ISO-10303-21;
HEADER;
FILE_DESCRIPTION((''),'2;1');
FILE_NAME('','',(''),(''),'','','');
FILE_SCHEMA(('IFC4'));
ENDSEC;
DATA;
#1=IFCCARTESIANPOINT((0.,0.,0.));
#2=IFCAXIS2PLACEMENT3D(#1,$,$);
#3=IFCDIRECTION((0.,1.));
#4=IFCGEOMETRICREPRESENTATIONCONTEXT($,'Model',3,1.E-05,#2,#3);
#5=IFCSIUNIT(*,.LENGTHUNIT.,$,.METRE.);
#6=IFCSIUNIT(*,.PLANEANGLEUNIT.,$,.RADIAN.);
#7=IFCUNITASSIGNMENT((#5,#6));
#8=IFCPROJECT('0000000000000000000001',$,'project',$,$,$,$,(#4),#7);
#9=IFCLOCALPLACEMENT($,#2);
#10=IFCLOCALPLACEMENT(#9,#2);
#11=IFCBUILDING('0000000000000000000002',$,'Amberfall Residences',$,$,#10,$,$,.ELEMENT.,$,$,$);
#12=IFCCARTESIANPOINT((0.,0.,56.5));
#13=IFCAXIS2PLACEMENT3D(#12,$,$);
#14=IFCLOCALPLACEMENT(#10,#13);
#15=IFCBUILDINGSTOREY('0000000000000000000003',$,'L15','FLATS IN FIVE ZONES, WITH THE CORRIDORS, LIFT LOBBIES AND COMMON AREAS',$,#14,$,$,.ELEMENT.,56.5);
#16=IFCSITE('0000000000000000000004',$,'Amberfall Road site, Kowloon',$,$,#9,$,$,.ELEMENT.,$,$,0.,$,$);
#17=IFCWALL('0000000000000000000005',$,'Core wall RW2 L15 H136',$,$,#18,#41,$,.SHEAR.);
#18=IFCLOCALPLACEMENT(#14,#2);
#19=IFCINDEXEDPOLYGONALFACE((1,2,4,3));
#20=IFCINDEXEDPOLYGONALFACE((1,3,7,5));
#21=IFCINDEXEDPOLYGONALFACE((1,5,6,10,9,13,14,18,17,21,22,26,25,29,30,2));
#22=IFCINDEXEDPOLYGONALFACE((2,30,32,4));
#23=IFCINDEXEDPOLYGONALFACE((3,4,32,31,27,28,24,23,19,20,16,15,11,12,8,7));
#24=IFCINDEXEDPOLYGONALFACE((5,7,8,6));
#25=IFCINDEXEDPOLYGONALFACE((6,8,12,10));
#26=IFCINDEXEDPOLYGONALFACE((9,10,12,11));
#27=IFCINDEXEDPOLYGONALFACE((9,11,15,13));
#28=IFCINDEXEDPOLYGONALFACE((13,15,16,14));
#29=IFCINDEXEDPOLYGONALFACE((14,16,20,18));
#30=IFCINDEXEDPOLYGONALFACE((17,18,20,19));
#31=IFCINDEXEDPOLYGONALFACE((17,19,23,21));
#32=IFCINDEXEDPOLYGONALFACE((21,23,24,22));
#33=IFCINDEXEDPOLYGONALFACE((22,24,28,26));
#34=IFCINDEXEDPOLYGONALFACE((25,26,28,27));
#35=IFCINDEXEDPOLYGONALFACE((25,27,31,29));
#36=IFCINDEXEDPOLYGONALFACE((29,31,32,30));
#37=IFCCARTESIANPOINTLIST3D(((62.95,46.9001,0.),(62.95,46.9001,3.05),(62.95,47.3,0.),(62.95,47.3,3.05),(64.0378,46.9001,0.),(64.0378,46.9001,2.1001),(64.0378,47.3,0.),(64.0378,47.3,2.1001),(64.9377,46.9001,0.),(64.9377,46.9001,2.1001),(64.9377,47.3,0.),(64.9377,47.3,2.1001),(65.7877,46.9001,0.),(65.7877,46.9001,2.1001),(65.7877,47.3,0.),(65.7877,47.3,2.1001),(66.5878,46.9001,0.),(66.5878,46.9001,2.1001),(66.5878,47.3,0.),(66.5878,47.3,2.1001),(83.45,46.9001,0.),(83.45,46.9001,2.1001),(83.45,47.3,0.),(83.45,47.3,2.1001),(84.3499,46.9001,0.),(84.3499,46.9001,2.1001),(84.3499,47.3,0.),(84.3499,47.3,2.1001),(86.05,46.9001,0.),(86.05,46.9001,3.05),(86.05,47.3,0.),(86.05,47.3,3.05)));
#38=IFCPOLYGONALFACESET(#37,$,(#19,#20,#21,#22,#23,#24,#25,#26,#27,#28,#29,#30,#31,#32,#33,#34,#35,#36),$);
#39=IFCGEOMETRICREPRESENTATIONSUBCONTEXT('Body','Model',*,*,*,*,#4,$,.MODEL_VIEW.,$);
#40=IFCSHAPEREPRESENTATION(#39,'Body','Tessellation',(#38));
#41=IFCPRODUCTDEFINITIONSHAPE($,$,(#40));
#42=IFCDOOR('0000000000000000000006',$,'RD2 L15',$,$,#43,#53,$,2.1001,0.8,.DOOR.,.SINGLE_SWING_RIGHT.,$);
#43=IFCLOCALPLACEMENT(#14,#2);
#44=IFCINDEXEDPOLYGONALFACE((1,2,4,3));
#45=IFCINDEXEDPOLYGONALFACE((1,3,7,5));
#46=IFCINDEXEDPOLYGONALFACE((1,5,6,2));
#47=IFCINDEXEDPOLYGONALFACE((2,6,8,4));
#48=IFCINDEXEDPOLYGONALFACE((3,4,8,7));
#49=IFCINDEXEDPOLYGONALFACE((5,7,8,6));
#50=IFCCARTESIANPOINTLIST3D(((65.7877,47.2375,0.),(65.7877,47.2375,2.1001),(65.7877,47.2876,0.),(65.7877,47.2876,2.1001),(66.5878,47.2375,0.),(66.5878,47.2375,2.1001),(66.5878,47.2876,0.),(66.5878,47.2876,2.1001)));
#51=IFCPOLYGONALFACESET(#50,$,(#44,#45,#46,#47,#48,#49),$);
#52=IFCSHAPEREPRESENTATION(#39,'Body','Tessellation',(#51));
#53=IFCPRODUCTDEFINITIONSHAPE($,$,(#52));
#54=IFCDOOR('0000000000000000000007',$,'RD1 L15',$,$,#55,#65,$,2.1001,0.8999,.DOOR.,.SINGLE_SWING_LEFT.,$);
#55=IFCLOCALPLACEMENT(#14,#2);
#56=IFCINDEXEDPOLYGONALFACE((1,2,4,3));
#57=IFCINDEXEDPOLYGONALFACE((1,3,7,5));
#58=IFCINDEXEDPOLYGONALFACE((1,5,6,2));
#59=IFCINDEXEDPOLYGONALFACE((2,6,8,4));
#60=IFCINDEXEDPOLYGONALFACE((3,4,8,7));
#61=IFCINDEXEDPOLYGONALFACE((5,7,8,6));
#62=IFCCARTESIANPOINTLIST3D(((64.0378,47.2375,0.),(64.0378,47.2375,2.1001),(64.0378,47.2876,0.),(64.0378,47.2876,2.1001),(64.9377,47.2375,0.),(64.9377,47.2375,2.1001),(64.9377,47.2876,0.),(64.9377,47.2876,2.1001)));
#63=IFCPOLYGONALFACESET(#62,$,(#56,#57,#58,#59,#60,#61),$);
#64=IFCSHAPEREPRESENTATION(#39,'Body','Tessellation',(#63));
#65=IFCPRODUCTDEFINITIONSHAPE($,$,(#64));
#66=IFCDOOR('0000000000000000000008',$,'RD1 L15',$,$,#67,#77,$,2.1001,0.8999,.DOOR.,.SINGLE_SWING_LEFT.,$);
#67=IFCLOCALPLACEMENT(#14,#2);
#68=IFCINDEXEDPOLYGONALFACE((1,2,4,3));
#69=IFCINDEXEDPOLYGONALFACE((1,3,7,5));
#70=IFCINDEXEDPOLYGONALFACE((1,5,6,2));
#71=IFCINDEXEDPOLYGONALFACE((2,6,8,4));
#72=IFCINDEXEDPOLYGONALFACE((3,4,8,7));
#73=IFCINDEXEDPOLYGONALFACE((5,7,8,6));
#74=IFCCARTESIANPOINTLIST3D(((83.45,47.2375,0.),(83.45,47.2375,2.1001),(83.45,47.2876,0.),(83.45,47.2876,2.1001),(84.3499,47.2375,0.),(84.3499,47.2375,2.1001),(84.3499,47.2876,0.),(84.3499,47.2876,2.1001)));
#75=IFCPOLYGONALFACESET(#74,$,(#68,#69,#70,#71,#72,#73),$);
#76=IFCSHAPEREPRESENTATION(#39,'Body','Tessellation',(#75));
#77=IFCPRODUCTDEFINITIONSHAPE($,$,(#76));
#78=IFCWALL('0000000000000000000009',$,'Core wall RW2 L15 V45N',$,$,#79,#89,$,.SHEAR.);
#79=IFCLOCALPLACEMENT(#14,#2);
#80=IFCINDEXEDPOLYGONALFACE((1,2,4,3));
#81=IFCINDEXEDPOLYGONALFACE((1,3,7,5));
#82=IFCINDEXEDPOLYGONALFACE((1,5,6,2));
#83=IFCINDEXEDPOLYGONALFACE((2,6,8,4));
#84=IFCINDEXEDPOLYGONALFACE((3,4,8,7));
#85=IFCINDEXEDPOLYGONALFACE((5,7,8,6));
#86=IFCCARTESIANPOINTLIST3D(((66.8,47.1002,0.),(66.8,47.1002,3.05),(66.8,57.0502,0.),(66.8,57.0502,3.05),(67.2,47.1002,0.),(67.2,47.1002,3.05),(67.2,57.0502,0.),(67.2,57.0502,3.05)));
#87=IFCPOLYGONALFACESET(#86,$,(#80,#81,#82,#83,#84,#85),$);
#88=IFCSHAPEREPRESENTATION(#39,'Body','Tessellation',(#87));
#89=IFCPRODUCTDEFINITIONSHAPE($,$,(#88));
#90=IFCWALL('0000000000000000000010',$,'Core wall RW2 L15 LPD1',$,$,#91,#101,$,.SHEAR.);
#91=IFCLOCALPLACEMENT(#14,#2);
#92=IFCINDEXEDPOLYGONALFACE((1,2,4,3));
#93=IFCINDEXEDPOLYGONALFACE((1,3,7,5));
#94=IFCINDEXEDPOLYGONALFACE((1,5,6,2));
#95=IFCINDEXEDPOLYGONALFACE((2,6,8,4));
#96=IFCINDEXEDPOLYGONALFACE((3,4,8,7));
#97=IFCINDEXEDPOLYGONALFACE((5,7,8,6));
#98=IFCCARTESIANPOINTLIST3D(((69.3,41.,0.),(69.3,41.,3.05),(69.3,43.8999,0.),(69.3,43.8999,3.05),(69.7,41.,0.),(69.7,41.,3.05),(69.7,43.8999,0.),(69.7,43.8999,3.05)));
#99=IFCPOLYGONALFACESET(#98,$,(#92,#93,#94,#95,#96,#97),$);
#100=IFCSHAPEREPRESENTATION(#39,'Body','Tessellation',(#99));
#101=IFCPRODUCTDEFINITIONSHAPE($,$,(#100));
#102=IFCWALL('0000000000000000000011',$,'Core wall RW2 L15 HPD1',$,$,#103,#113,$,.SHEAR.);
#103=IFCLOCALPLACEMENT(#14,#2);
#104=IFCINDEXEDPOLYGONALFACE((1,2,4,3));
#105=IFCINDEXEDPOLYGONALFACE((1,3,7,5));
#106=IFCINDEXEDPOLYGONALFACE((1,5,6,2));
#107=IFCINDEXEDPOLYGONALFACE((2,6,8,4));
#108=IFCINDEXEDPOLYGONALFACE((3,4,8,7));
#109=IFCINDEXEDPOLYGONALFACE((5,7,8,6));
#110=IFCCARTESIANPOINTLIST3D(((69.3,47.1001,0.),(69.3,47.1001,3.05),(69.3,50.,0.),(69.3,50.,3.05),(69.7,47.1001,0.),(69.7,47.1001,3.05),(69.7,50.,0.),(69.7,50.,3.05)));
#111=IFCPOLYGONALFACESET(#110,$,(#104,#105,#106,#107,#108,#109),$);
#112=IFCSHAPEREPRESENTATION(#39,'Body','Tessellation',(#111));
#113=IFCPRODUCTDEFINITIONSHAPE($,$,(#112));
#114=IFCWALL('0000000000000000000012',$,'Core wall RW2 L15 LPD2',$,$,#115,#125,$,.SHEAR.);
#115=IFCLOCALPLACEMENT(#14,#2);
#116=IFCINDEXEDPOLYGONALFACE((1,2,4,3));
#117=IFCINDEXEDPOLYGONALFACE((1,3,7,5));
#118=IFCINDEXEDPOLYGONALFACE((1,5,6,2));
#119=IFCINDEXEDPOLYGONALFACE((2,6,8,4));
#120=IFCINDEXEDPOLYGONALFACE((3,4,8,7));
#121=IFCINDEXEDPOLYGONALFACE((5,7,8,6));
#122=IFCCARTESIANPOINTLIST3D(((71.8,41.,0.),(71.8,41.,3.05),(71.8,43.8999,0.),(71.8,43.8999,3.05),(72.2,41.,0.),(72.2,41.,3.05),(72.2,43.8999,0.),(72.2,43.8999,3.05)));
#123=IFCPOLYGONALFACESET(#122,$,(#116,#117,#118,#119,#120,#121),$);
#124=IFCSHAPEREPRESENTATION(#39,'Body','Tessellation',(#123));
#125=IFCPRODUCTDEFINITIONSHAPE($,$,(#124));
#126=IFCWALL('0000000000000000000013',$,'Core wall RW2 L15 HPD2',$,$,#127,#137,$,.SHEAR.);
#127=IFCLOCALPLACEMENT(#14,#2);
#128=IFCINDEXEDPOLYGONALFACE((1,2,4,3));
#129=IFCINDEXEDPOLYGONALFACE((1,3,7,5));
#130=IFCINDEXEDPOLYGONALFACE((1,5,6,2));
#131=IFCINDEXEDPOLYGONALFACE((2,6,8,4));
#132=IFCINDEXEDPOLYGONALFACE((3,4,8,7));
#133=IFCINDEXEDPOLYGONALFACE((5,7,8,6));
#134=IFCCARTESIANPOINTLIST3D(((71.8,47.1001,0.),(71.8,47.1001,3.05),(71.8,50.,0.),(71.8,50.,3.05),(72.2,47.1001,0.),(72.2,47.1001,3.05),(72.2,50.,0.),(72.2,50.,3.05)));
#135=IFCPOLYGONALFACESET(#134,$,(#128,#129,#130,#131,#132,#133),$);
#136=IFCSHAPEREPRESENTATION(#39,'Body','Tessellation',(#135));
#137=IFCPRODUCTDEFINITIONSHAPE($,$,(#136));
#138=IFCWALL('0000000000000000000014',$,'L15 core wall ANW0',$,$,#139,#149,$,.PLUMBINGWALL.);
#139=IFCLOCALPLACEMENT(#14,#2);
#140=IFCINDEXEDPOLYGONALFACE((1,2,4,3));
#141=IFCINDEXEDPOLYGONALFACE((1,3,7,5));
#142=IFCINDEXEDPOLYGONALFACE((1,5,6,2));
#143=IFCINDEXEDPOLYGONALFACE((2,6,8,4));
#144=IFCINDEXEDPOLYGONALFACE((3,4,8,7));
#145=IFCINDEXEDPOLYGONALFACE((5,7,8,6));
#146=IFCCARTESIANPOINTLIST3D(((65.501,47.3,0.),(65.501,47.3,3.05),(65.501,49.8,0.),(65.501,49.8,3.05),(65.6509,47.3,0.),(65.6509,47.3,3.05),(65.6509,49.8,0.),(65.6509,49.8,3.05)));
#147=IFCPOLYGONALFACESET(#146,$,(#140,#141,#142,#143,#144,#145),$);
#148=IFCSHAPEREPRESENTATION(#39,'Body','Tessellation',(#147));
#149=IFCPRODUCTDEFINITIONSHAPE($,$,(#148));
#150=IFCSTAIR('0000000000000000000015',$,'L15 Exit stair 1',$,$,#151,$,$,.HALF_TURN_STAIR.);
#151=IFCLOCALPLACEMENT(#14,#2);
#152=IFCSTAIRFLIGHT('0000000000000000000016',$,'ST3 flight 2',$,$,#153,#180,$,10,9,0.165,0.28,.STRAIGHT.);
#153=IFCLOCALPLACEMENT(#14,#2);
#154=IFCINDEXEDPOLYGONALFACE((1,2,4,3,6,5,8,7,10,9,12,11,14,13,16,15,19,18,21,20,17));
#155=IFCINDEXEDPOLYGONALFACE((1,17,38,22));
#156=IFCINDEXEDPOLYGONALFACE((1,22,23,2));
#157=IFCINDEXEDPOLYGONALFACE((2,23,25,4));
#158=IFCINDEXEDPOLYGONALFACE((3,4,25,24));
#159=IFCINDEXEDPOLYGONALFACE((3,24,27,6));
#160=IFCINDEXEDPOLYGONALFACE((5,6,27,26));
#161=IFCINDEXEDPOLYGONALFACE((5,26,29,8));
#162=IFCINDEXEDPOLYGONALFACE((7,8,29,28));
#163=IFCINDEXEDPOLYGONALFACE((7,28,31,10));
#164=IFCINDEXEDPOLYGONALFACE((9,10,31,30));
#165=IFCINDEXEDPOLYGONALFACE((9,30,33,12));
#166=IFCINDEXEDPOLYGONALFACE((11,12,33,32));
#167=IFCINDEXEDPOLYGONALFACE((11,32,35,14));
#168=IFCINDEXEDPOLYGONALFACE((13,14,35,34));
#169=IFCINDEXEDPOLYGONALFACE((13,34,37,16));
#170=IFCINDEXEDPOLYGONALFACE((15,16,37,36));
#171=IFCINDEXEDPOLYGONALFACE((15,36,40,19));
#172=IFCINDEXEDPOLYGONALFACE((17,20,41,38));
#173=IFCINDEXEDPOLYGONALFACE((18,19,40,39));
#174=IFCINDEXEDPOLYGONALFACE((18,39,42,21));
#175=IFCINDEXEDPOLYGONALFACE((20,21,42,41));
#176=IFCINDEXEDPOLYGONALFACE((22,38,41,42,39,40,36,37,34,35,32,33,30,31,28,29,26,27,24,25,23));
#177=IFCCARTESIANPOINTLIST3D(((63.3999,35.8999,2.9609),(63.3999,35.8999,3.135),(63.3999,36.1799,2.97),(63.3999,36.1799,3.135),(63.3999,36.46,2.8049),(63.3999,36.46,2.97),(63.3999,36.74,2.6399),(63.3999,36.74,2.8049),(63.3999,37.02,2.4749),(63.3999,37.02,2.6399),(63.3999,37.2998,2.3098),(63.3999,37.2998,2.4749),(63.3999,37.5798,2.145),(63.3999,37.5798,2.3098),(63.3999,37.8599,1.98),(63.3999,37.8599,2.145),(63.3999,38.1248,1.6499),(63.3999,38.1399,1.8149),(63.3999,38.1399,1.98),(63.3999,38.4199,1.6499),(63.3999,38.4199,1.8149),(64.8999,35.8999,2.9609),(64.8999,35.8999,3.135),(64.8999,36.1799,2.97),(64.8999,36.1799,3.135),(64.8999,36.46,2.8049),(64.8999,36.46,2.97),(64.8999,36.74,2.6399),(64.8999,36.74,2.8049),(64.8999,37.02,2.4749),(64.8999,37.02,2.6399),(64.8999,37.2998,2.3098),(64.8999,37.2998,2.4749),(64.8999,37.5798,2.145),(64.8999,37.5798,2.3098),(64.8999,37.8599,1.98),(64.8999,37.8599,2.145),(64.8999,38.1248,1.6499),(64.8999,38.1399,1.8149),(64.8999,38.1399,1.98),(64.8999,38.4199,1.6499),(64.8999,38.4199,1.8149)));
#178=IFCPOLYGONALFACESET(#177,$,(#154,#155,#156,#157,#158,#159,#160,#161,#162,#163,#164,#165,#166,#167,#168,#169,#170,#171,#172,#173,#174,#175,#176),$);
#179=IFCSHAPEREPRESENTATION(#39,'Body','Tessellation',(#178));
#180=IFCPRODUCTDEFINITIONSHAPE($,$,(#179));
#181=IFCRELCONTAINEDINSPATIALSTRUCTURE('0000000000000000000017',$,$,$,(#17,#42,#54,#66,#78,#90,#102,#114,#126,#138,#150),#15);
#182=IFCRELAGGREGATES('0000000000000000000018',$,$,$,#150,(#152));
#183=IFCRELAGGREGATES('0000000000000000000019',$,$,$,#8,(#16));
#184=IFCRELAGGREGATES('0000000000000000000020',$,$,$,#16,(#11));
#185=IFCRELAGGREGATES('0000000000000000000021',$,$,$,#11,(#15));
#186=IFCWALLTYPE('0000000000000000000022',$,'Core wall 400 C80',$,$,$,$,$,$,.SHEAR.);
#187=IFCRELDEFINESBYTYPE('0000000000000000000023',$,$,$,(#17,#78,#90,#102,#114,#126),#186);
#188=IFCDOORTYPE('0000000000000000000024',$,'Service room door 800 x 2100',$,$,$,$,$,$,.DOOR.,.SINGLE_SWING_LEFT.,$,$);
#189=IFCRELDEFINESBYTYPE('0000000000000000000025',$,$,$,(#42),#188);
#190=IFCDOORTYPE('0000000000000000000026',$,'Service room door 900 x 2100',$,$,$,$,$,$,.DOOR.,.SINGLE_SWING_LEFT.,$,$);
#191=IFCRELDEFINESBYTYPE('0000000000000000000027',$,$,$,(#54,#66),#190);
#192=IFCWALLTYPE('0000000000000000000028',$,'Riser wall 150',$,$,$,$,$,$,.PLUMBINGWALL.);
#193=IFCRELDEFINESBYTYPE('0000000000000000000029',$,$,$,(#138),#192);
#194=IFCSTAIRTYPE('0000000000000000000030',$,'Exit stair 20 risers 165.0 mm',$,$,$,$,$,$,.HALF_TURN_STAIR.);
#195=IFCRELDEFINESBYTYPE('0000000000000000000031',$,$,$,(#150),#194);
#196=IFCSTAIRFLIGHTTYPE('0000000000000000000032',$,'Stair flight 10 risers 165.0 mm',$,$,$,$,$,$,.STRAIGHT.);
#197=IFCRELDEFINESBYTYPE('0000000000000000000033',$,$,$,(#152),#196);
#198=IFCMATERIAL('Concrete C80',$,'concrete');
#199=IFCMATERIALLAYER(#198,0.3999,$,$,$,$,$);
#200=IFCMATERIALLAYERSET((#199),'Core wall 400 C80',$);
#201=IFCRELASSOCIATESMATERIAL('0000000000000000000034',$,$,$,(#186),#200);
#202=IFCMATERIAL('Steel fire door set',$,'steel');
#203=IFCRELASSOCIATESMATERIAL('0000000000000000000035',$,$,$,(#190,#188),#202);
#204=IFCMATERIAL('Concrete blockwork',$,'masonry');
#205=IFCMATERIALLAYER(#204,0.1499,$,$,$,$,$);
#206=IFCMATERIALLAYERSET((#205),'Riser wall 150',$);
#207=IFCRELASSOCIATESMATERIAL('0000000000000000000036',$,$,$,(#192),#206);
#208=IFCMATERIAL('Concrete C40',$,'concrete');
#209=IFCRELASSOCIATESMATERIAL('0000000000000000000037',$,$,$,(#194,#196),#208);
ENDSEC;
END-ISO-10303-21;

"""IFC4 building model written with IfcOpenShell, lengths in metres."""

from ifc_helpers import new_model, si_unit, direction, frame, frame_2d, origin, place, context, subcontext, project, spatial, polyline, rectangle, outline, extrude, material, layer, layer_set, type_object, element, fill, aggregate, save


model = new_model("IFC4")

# Units and contexts
model_context = context("Model", 3, precision=1e-05, world=origin(), true_north=direction((0.0, 1.0)))
body_context = subcontext(model_context, "Body", "Model", "MODEL_VIEW")
ifc_project = project(units=[si_unit("LENGTHUNIT", "METRE"), si_unit("PLANEANGLEUNIT", "RADIAN")], contexts=[model_context])

# Site, building, storey
site_placement = place(None, origin())
site = spatial("IfcSite", under=ifc_project, at=site_placement, Name="Amberfall Road site, Kowloon", CompositionType="ELEMENT", RefElevation=0.0)
building_placement = place(site_placement, origin())
building = spatial("IfcBuilding", under=site, at=building_placement, Name="Amberfall Residences", CompositionType="ELEMENT")
storey_placement = place(building_placement, frame((0.0, 0.0, 56.5)))
storey = spatial("IfcBuildingStorey", under=building, at=storey_placement, Name="L15", Description="FLATS IN FIVE ZONES, WITH THE CORRIDORS, LIFT LOBBIES AND COMMON AREAS", CompositionType="ELEMENT", Elevation=56.5)

# Shared definitions
ifc_material_1 = material(Name="Concrete C80", Category="concrete")
ifc_layer_1 = layer(ifc_material_1, 0.3999)
ifc_layer_set_1 = layer_set([ifc_layer_1], Name="Core wall 400 C80")
wall_type_1 = type_object("IfcWallType", Name="Core wall 400 C80", PredefinedType="SHEAR", material=ifc_layer_set_1)

# Wall, openings, doors
ifc_material_2 = material(Name="Steel fire door set", Category="steel")
door_type_1 = type_object("IfcDoorType", Name="Service room door 900 x 2100", OperationType="SINGLE_SWING_LEFT", PredefinedType="DOOR", material=ifc_material_2)
wall_1_placement = place(storey_placement, frame((62.95, 47.1001, 0.0), z_axis=(0.0, 0.0, 1.0), x_axis=(1.0, 0.0, 0.0)))
wall_1 = element("IfcWall", 1, at=wall_1_placement, inside=storey, type_object=wall_type_1, Name="Core wall RW2 L15 H136", PredefinedType="SHEAR", context=body_context, shape_type="SweptSolid", body=[
    extrude(rectangle(XDim=23.1001, YDim=0.3999, at=frame_2d((11.55, 0.0))), origin(), (0.0, 0.0, 1.0), 3.05),
])
opening_1_placement = place(wall_1_placement, frame((1.0879, 0.0, 0.0)))
opening_1 = element("IfcOpeningElement", 2, at=opening_1_placement, cuts=wall_1, PredefinedType="OPENING", context=body_context, shape_type="SweptSolid", body=[
    extrude(rectangle(XDim=0.8999, YDim=2.1001, at=frame_2d((0.45, 1.05))), frame((0.0, 0.21, 0.0), z_axis=(0.0, -1.0, 0.0), x_axis=(1.0, 0.0, 0.0)), (0.0, 0.0, 1.0), 0.4199),
])
opening_2_placement = place(wall_1_placement, frame((2.8379, 0.0, 0.0)))
opening_2 = element("IfcOpeningElement", 3, at=opening_2_placement, cuts=wall_1, PredefinedType="OPENING", context=body_context, shape_type="SweptSolid", body=[
    extrude(rectangle(XDim=0.8, YDim=2.1001, at=frame_2d((0.3999, 1.05))), frame((0.0, 0.21, 0.0), z_axis=(0.0, -1.0, 0.0), x_axis=(1.0, 0.0, 0.0)), (0.0, 0.0, 1.0), 0.4199),
])
opening_3_placement = place(wall_1_placement, frame((20.5, 0.0, 0.0)))
opening_3 = element("IfcOpeningElement", 4, at=opening_3_placement, cuts=wall_1, PredefinedType="OPENING", context=body_context, shape_type="SweptSolid", body=[
    extrude(rectangle(XDim=0.8999, YDim=2.1001, at=frame_2d((0.45, 1.05))), frame((0.0, 0.21, 0.0), z_axis=(0.0, -1.0, 0.0), x_axis=(1.0, 0.0, 0.0)), (0.0, 0.0, 1.0), 0.4199),
])
door_type_2 = type_object("IfcDoorType", Name="Service room door 800 x 2100", OperationType="SINGLE_SWING_LEFT", PredefinedType="DOOR", material=ifc_material_2)
door_1_placement = place(opening_2_placement, origin())
door_1 = element("IfcDoor", 5, at=door_1_placement, inside=storey, type_object=door_type_2, Name="RD2 L15", OperationType="SINGLE_SWING_RIGHT", OverallHeight=2.1001, OverallWidth=0.8, PredefinedType="DOOR", context=body_context, shape_type="SweptSolid", body=[
    extrude(rectangle(XDim=0.8, YDim=2.1001, at=frame_2d((0.3999, 1.05))), frame((0.0, 0.1875, 0.0), z_axis=(0.0, -1.0, 0.0), x_axis=(1.0, 0.0, 0.0)), (0.0, 0.0, 1.0), 0.05),
])
fill(opening_2, door_1)
door_2_placement = place(opening_1_placement, origin())
door_2 = element("IfcDoor", 6, at=door_2_placement, inside=storey, type_object=door_type_1, Name="RD1 L15", OperationType="SINGLE_SWING_LEFT", OverallHeight=2.1001, OverallWidth=0.8999, PredefinedType="DOOR", context=body_context, shape_type="SweptSolid", body=[
    extrude(rectangle(XDim=0.8999, YDim=2.1001, at=frame_2d((0.45, 1.05))), frame((0.0, 0.1875, 0.0), z_axis=(0.0, -1.0, 0.0), x_axis=(1.0, 0.0, 0.0)), (0.0, 0.0, 1.0), 0.05),
])
fill(opening_1, door_2)
door_3_placement = place(opening_3_placement, origin())
door_3 = element("IfcDoor", 7, at=door_3_placement, inside=storey, type_object=door_type_1, Name="RD1 L15", OperationType="SINGLE_SWING_LEFT", OverallHeight=2.1001, OverallWidth=0.8999, PredefinedType="DOOR", context=body_context, shape_type="SweptSolid", body=[
    extrude(rectangle(XDim=0.8999, YDim=2.1001, at=frame_2d((0.45, 1.05))), frame((0.0, 0.1875, 0.0), z_axis=(0.0, -1.0, 0.0), x_axis=(1.0, 0.0, 0.0)), (0.0, 0.0, 1.0), 0.05),
])
fill(opening_3, door_3)

# Walls
wall_2_placement = place(storey_placement, frame((67.0, 47.1001, 0.0), z_axis=(0.0, 0.0, 1.0), x_axis=(0.0, 1.0, 0.0)))
element("IfcWall", 8, at=wall_2_placement, inside=storey, type_object=wall_type_1, Name="Core wall RW2 L15 V45N", PredefinedType="SHEAR", context=body_context, shape_type="SweptSolid", body=[
    extrude(rectangle(XDim=9.95, YDim=0.3999, at=frame_2d((4.9751, 0.0))), origin(), (0.0, 0.0, 1.0), 3.05),
])
for number, where, z_axis, x_axis, name in (
    (9, (69.5, 41.0, 0.0), (0.0, 0.0, 1.0), (0.0, 1.0, 0.0), "Core wall RW2 L15 LPD1"),
    (10, (69.5, 47.1001, 0.0), (0.0, 0.0, 1.0), (0.0, 1.0, 0.0), "Core wall RW2 L15 HPD1"),
    (11, (72.0, 41.0, 0.0), (0.0, 0.0, 1.0), (0.0, 1.0, 0.0), "Core wall RW2 L15 LPD2"),
    (12, (72.0, 47.1001, 0.0), (0.0, 0.0, 1.0), (0.0, 1.0, 0.0), "Core wall RW2 L15 HPD2"),
):
    element("IfcWall", number, at=place(storey_placement, frame(where, z_axis=z_axis, x_axis=x_axis)), inside=storey, type_object=wall_type_1, Name=name, PredefinedType="SHEAR", context=body_context, shape_type="SweptSolid", body=[
        extrude(rectangle(XDim=2.8999, YDim=0.3999, at=frame_2d((1.45, 0.0))), origin(), (0.0, 0.0, 1.0), 3.05),
    ])
ifc_material_3 = material(Name="Concrete blockwork", Category="masonry")
ifc_layer_2 = layer(ifc_material_3, 0.1499)
ifc_layer_set_2 = layer_set([ifc_layer_2], Name="Riser wall 150")
wall_type_2 = type_object("IfcWallType", Name="Riser wall 150", PredefinedType="PLUMBINGWALL", material=ifc_layer_set_2)
wall_3_placement = place(storey_placement, frame((65.5759, 47.3, 0.0), z_axis=(0.0, 0.0, 1.0), x_axis=(0.0, 1.0, 0.0)))
element("IfcWall", 13, at=wall_3_placement, inside=storey, type_object=wall_type_2, Name="L15 core wall ANW0", PredefinedType="PLUMBINGWALL", context=body_context, shape_type="SweptSolid", body=[
    extrude(rectangle(XDim=2.5, YDim=0.1499, at=frame_2d((1.25, 0.0))), origin(), (0.0, 0.0, 1.0), 3.05),
])

# Stair, stair flight
ifc_material_4 = material(Name="Concrete C40", Category="concrete")
stair_type = type_object("IfcStairType", Name="Exit stair 20 risers 165.0 mm", PredefinedType="HALF_TURN_STAIR", material=ifc_material_4)
stair_placement = place(storey_placement, origin())
stair = element("IfcStair", 14, at=stair_placement, inside=storey, type_object=stair_type, Name="L15 Exit stair 1", PredefinedType="HALF_TURN_STAIR")
stair_flight_type = type_object("IfcStairFlightType", Name="Stair flight 10 risers 165.0 mm", PredefinedType="STRAIGHT", material=ifc_material_4)
stair_flight_placement = place(storey_placement, frame((64.1499, 38.4199, 1.6499), z_axis=(0.0, 0.0, 1.0), x_axis=(0.0, -1.0, 0.0)))
stair_flight = element("IfcStairFlight", 15, at=stair_flight_placement, type_object=stair_flight_type, Name="ST3 flight 2", NumberOfRisers=10, NumberOfTreads=9, PredefinedType="STRAIGHT", RiserHeight=0.165, TreadLength=0.28, context=body_context, shape_type="SweptSolid", body=[
    extrude(outline(polyline([(0.0, 0.0), (0.0, 0.165), (0.28, 0.165), (0.28, 0.3301), (0.5601, 0.3301), (0.5601, 0.4951), (0.8401, 0.4951), (0.8401, 0.6599), (1.1201, 0.6599), (1.1201, 0.825), (1.3999, 0.825), (1.3999, 0.99), (1.6799, 0.99), (1.6799, 1.155), (1.96, 1.155), (1.96, 1.3201), (2.24, 1.3201), (2.24, 1.4851), (2.52, 1.4851), (2.52, 1.6499), (2.52, 1.311), (0.2952, 0.0), (0.0, 0.0)])), frame((0.0, 0.75, 0.0), z_axis=(0.0, -1.0, 0.0), x_axis=(1.0, 0.0, 0.0)), (0.0, 0.0, 1.0), 1.5),
])
aggregate(stair, [stair_flight])

save(model, "model.ifc")
